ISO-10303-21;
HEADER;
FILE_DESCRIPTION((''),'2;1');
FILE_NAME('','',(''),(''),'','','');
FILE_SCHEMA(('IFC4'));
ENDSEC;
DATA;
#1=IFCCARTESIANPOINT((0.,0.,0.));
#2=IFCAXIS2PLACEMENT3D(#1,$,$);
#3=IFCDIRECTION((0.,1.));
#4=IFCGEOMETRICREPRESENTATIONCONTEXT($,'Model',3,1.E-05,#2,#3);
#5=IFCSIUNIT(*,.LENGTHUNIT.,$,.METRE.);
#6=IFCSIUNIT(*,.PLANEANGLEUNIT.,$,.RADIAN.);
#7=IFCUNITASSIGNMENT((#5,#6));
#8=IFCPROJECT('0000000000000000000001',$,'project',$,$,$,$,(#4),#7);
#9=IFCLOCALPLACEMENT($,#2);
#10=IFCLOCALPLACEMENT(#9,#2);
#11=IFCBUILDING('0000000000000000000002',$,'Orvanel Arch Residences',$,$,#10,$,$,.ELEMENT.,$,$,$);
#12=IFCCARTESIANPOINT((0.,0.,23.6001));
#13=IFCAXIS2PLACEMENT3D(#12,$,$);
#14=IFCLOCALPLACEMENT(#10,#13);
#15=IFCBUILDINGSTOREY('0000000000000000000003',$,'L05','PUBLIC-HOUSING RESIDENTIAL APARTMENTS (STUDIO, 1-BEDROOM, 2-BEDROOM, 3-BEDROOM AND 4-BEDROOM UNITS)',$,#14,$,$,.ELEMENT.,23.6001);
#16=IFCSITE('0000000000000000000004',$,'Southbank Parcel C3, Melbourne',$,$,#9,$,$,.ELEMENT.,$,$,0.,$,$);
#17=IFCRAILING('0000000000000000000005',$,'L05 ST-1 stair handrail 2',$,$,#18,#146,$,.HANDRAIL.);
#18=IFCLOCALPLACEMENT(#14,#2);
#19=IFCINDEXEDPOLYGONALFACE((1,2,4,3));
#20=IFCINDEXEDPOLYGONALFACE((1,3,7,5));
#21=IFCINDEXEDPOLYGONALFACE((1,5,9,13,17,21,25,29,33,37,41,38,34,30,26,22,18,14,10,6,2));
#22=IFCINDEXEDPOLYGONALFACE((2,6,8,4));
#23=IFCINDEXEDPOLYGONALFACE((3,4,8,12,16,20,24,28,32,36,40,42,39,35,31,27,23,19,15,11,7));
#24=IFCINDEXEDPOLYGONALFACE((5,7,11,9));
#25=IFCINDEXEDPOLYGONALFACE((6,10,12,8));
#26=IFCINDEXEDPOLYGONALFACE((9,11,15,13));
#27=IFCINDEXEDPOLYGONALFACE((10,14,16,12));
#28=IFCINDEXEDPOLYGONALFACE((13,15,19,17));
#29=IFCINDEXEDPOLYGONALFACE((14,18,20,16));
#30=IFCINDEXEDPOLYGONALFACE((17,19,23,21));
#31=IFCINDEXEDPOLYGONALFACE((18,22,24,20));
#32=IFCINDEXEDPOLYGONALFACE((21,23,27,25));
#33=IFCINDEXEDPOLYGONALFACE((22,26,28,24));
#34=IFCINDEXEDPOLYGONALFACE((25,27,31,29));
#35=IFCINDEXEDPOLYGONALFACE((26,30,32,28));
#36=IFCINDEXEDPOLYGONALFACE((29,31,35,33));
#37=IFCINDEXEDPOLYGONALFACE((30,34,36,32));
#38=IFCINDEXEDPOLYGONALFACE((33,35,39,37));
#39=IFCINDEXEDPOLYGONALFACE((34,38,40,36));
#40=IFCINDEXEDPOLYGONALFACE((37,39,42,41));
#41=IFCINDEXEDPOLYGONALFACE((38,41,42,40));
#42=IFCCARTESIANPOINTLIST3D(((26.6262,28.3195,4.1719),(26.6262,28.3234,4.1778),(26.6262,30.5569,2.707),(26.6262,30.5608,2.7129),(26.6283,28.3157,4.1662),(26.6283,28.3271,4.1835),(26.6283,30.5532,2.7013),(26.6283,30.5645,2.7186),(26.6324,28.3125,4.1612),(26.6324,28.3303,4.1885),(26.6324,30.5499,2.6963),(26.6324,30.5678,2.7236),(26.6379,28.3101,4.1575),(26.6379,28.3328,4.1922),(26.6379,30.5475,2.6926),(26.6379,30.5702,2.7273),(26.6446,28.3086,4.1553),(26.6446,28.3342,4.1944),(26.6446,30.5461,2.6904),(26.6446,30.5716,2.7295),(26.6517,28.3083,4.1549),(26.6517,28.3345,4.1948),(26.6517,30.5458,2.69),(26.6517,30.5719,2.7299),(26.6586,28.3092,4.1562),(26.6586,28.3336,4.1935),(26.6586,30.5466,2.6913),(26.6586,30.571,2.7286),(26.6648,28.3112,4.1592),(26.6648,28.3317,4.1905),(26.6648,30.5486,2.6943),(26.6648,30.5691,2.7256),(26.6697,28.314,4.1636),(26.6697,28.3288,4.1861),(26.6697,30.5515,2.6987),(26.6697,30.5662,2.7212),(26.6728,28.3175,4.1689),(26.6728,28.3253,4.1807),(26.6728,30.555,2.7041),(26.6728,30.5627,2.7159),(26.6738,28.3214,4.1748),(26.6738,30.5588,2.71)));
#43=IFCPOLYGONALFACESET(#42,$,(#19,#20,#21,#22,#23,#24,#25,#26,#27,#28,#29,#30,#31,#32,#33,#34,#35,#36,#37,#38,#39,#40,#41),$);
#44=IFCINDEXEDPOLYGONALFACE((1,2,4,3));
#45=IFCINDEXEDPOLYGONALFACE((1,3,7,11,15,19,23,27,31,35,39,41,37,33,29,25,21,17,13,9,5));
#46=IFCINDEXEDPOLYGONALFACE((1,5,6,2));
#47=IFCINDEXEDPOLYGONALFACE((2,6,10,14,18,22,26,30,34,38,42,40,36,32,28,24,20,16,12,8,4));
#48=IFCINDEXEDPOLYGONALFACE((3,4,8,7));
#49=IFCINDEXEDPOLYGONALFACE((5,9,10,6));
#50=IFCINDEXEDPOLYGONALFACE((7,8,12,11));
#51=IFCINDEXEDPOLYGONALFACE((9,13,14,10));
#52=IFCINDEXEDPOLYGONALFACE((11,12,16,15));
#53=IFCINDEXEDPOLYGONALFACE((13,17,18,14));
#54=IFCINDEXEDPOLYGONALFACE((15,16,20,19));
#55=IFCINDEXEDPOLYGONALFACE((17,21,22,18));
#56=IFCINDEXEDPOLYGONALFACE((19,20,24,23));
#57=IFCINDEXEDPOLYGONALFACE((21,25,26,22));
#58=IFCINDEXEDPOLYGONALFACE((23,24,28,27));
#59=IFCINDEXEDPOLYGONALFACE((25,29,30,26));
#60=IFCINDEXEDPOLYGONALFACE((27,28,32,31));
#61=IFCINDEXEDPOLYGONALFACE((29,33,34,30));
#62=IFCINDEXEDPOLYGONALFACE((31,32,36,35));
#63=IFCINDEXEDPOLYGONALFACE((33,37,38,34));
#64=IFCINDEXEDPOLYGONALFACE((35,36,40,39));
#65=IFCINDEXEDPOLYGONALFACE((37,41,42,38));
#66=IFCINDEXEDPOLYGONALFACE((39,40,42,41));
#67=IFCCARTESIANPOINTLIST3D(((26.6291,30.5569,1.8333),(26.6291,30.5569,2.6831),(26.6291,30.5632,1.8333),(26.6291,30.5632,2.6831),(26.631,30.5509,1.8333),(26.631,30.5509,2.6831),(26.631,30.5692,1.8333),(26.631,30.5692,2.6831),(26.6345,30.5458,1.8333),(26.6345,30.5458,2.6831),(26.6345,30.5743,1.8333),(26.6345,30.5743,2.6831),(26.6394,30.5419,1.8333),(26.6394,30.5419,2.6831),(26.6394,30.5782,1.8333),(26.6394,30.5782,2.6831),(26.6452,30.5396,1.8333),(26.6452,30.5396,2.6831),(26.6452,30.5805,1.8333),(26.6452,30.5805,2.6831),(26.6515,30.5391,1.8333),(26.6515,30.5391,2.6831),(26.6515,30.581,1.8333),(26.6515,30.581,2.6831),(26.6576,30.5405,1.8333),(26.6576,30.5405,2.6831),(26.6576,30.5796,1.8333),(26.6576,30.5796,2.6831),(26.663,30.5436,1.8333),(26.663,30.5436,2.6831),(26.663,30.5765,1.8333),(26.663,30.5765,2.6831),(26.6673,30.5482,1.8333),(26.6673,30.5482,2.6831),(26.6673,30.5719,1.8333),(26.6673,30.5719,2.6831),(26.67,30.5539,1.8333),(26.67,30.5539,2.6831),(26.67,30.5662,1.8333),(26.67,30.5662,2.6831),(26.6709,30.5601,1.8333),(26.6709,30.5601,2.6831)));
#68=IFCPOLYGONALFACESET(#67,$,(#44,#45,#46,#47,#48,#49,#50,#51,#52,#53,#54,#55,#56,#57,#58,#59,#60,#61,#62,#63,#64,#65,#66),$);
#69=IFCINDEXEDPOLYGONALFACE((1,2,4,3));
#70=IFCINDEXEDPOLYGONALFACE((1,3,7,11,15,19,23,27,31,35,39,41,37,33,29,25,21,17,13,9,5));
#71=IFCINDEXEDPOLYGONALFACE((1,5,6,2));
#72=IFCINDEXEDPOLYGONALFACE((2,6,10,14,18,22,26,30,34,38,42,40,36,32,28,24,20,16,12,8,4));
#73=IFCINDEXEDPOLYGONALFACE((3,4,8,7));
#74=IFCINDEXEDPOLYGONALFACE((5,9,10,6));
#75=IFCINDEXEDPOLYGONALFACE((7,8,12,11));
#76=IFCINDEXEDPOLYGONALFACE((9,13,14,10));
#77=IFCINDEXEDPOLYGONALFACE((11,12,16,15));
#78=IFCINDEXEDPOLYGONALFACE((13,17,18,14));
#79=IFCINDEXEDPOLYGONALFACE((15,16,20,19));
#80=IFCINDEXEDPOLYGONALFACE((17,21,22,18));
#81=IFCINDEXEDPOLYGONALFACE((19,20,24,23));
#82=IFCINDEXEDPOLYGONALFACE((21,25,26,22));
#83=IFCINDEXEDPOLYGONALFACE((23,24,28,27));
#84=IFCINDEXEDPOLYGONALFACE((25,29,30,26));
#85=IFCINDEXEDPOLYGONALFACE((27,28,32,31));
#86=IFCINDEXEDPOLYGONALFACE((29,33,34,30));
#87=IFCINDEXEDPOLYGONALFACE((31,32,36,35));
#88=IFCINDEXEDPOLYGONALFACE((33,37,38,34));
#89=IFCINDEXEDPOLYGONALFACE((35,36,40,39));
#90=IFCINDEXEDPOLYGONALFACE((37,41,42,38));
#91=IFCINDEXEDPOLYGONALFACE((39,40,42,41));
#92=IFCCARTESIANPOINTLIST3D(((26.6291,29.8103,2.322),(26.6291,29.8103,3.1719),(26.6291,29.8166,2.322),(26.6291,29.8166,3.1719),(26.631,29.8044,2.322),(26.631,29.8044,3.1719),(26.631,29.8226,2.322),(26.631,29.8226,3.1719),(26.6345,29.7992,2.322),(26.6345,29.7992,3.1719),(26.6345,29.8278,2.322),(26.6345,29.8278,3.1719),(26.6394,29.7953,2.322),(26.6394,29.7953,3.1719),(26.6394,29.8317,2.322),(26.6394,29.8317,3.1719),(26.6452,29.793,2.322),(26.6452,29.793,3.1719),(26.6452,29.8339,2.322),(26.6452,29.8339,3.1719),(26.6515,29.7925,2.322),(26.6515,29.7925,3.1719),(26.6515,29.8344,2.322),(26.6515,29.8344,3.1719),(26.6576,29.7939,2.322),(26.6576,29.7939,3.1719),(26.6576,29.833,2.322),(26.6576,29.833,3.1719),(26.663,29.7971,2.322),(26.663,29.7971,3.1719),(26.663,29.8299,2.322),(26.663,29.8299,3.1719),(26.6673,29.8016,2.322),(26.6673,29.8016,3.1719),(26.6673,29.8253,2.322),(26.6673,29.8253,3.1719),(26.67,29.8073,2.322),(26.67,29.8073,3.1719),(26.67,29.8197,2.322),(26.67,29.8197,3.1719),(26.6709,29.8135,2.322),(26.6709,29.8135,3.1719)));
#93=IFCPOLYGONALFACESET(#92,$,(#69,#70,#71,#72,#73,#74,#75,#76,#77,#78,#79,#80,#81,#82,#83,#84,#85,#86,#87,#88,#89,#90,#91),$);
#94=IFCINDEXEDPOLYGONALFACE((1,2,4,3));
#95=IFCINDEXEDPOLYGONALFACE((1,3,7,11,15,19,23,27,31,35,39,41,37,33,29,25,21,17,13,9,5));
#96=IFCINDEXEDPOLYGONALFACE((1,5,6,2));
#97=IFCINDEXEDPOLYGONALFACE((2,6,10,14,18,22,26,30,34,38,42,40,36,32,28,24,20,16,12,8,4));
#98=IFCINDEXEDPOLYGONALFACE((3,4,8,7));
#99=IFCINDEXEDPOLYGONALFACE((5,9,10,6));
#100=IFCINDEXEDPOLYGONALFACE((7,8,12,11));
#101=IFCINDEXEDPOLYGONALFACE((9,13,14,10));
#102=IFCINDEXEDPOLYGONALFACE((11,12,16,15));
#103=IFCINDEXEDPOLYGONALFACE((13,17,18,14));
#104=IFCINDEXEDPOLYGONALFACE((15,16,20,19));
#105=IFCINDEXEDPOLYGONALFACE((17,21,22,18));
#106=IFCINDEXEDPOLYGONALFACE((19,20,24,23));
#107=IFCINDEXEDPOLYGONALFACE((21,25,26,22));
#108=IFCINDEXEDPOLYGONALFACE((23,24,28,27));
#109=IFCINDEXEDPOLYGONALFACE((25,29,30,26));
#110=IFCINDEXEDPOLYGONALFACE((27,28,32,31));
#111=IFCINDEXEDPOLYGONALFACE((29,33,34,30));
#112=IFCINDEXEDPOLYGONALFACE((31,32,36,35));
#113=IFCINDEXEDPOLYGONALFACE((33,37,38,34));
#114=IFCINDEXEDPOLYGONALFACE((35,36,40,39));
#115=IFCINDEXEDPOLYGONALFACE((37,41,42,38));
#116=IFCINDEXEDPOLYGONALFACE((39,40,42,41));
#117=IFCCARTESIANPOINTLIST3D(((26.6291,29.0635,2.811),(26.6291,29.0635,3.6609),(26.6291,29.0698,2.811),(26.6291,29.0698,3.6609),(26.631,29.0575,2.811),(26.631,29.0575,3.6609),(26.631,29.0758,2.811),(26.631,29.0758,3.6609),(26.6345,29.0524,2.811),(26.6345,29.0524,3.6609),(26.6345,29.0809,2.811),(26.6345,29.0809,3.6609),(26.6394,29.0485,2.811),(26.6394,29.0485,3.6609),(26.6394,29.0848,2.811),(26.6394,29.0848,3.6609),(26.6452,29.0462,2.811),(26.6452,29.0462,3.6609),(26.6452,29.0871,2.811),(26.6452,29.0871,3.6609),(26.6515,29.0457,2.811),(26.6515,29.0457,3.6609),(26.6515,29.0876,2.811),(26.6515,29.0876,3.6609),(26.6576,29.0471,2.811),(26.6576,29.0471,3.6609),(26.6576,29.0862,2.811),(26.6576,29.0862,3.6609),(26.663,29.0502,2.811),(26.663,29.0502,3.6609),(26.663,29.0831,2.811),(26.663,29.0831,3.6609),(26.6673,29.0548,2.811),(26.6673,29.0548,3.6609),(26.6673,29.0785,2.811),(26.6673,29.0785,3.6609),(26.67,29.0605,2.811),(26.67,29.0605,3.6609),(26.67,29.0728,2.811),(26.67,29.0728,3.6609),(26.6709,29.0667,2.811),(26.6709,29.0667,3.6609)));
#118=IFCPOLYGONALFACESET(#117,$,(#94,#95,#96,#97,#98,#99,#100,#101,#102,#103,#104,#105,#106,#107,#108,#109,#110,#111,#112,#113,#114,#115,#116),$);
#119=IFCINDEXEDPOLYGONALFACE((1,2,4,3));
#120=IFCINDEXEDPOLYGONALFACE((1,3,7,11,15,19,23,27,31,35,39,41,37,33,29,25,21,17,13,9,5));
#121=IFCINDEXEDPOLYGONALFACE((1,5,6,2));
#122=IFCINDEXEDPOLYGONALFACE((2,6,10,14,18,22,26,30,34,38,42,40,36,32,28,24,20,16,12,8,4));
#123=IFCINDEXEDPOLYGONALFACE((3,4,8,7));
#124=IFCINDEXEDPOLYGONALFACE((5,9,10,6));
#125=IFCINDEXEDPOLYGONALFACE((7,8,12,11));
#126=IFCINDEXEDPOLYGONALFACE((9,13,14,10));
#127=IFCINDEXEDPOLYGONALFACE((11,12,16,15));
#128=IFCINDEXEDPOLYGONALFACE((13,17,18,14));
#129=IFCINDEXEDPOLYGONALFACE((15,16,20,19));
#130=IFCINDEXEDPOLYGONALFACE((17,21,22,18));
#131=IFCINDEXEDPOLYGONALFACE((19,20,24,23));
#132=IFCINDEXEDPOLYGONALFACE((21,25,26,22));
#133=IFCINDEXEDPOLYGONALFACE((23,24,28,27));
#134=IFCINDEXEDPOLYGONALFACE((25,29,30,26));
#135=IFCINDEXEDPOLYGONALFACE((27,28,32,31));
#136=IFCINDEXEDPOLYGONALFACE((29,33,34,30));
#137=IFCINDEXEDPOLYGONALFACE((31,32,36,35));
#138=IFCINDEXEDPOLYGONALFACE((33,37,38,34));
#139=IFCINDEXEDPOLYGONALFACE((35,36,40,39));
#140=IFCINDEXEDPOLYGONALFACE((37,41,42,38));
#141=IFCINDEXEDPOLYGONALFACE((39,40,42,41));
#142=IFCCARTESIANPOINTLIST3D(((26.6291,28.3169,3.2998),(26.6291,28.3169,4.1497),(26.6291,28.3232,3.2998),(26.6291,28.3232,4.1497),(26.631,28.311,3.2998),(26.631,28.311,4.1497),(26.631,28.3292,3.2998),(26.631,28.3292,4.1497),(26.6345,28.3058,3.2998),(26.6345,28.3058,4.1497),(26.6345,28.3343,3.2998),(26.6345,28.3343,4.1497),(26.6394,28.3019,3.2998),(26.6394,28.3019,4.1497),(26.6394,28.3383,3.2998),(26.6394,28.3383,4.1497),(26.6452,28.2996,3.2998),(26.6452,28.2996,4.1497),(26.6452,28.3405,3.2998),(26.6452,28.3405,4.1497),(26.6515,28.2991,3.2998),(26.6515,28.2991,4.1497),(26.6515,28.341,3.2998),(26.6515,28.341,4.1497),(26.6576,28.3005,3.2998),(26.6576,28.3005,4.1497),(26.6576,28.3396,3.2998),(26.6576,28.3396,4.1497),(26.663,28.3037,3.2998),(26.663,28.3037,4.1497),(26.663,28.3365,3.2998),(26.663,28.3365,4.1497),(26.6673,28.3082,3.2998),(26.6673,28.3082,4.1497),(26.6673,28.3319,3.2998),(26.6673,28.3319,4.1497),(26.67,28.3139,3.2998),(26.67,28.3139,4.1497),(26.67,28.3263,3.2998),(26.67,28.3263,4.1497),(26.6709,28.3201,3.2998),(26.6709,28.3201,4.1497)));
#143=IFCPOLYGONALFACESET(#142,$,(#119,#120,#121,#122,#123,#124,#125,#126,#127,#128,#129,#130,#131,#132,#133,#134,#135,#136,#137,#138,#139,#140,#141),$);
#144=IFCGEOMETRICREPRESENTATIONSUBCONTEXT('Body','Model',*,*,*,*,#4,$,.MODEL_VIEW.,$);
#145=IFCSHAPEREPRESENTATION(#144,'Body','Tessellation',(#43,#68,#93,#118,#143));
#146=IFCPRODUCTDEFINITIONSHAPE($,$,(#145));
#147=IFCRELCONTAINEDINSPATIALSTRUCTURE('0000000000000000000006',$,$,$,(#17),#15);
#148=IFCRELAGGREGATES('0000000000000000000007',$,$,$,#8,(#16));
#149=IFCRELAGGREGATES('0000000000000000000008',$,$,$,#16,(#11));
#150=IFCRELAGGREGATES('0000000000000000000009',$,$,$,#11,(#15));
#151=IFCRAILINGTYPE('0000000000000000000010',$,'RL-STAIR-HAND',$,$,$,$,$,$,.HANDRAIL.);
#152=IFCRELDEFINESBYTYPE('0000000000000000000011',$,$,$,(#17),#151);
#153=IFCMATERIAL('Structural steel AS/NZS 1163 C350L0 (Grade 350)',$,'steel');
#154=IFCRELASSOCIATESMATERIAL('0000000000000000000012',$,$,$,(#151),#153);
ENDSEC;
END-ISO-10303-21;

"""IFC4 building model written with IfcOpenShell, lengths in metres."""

from ifc_helpers import new_model, si_unit, direction, frame, origin, origin_2d, place, context, subcontext, project, spatial, circle, extrude, material, type_object, element, save


model = new_model("IFC4")

# Units and contexts
model_context = context("Model", 3, precision=1e-05, world=origin(), true_north=direction((0.0, 1.0)))
body_context = subcontext(model_context, "Body", "Model", "MODEL_VIEW")
ifc_project = project(units=[si_unit("LENGTHUNIT", "METRE"), si_unit("PLANEANGLEUNIT", "RADIAN")], contexts=[model_context])

# Site, building, storey
site_placement = place(None, origin())
site = spatial("IfcSite", under=ifc_project, at=site_placement, Name="Southbank Parcel C3, Melbourne", CompositionType="ELEMENT", RefElevation=0.0)
building_placement = place(site_placement, origin())
building = spatial("IfcBuilding", under=site, at=building_placement, Name="Orvanel Arch Residences", CompositionType="ELEMENT")
storey_placement = place(building_placement, frame((0.0, 0.0, 23.6001)))
storey = spatial("IfcBuildingStorey", under=building, at=storey_placement, Name="L05", Description="PUBLIC-HOUSING RESIDENTIAL APARTMENTS (STUDIO, 1-BEDROOM, 2-BEDROOM, 3-BEDROOM AND 4-BEDROOM UNITS)", CompositionType="ELEMENT", Elevation=23.6001)

# Railing
ifc_material_1 = material(Name="Structural steel AS/NZS 1163 C350L0 (Grade 350)", Category="steel")
railing_type_1 = type_object("IfcRailingType", Name="RL-STAIR-HAND", PredefinedType="HANDRAIL", material=ifc_material_1)
railing_1_placement = place(storey_placement, frame((26.6499, 30.5601, 1.8333)))
element("IfcRailing", 1, at=railing_1_placement, inside=storey, type_object=railing_type_1, Name="L05 ST-1 stair handrail 2", PredefinedType="HANDRAIL", context=body_context, shape_type="SweptSolid", body=[
    extrude(circle(Radius=0.0239, at=origin_2d()), frame((0.0, -0.0012, 0.8767), z_axis=(0.0, -0.836637, 0.547758), x_axis=(1.0, 0.0, 0.0)), (0.0, 0.0, 1.0), 2.6743),
    extrude(circle(Radius=0.021, at=origin_2d()), origin(), (0.0, 0.0, 1.0), 0.8499),
    extrude(circle(Radius=0.021, at=origin_2d()), frame((0.0, -0.7466, 0.4888)), (0.0, 0.0, 1.0), 0.8499),
    extrude(circle(Radius=0.021, at=origin_2d()), frame((0.0, -1.4934, 0.9778)), (0.0, 0.0, 1.0), 0.8499),
    extrude(circle(Radius=0.021, at=origin_2d()), frame((0.0, -2.24, 1.4666)), (0.0, 0.0, 1.0), 0.8499),
])

save(model, "model.ifc")
